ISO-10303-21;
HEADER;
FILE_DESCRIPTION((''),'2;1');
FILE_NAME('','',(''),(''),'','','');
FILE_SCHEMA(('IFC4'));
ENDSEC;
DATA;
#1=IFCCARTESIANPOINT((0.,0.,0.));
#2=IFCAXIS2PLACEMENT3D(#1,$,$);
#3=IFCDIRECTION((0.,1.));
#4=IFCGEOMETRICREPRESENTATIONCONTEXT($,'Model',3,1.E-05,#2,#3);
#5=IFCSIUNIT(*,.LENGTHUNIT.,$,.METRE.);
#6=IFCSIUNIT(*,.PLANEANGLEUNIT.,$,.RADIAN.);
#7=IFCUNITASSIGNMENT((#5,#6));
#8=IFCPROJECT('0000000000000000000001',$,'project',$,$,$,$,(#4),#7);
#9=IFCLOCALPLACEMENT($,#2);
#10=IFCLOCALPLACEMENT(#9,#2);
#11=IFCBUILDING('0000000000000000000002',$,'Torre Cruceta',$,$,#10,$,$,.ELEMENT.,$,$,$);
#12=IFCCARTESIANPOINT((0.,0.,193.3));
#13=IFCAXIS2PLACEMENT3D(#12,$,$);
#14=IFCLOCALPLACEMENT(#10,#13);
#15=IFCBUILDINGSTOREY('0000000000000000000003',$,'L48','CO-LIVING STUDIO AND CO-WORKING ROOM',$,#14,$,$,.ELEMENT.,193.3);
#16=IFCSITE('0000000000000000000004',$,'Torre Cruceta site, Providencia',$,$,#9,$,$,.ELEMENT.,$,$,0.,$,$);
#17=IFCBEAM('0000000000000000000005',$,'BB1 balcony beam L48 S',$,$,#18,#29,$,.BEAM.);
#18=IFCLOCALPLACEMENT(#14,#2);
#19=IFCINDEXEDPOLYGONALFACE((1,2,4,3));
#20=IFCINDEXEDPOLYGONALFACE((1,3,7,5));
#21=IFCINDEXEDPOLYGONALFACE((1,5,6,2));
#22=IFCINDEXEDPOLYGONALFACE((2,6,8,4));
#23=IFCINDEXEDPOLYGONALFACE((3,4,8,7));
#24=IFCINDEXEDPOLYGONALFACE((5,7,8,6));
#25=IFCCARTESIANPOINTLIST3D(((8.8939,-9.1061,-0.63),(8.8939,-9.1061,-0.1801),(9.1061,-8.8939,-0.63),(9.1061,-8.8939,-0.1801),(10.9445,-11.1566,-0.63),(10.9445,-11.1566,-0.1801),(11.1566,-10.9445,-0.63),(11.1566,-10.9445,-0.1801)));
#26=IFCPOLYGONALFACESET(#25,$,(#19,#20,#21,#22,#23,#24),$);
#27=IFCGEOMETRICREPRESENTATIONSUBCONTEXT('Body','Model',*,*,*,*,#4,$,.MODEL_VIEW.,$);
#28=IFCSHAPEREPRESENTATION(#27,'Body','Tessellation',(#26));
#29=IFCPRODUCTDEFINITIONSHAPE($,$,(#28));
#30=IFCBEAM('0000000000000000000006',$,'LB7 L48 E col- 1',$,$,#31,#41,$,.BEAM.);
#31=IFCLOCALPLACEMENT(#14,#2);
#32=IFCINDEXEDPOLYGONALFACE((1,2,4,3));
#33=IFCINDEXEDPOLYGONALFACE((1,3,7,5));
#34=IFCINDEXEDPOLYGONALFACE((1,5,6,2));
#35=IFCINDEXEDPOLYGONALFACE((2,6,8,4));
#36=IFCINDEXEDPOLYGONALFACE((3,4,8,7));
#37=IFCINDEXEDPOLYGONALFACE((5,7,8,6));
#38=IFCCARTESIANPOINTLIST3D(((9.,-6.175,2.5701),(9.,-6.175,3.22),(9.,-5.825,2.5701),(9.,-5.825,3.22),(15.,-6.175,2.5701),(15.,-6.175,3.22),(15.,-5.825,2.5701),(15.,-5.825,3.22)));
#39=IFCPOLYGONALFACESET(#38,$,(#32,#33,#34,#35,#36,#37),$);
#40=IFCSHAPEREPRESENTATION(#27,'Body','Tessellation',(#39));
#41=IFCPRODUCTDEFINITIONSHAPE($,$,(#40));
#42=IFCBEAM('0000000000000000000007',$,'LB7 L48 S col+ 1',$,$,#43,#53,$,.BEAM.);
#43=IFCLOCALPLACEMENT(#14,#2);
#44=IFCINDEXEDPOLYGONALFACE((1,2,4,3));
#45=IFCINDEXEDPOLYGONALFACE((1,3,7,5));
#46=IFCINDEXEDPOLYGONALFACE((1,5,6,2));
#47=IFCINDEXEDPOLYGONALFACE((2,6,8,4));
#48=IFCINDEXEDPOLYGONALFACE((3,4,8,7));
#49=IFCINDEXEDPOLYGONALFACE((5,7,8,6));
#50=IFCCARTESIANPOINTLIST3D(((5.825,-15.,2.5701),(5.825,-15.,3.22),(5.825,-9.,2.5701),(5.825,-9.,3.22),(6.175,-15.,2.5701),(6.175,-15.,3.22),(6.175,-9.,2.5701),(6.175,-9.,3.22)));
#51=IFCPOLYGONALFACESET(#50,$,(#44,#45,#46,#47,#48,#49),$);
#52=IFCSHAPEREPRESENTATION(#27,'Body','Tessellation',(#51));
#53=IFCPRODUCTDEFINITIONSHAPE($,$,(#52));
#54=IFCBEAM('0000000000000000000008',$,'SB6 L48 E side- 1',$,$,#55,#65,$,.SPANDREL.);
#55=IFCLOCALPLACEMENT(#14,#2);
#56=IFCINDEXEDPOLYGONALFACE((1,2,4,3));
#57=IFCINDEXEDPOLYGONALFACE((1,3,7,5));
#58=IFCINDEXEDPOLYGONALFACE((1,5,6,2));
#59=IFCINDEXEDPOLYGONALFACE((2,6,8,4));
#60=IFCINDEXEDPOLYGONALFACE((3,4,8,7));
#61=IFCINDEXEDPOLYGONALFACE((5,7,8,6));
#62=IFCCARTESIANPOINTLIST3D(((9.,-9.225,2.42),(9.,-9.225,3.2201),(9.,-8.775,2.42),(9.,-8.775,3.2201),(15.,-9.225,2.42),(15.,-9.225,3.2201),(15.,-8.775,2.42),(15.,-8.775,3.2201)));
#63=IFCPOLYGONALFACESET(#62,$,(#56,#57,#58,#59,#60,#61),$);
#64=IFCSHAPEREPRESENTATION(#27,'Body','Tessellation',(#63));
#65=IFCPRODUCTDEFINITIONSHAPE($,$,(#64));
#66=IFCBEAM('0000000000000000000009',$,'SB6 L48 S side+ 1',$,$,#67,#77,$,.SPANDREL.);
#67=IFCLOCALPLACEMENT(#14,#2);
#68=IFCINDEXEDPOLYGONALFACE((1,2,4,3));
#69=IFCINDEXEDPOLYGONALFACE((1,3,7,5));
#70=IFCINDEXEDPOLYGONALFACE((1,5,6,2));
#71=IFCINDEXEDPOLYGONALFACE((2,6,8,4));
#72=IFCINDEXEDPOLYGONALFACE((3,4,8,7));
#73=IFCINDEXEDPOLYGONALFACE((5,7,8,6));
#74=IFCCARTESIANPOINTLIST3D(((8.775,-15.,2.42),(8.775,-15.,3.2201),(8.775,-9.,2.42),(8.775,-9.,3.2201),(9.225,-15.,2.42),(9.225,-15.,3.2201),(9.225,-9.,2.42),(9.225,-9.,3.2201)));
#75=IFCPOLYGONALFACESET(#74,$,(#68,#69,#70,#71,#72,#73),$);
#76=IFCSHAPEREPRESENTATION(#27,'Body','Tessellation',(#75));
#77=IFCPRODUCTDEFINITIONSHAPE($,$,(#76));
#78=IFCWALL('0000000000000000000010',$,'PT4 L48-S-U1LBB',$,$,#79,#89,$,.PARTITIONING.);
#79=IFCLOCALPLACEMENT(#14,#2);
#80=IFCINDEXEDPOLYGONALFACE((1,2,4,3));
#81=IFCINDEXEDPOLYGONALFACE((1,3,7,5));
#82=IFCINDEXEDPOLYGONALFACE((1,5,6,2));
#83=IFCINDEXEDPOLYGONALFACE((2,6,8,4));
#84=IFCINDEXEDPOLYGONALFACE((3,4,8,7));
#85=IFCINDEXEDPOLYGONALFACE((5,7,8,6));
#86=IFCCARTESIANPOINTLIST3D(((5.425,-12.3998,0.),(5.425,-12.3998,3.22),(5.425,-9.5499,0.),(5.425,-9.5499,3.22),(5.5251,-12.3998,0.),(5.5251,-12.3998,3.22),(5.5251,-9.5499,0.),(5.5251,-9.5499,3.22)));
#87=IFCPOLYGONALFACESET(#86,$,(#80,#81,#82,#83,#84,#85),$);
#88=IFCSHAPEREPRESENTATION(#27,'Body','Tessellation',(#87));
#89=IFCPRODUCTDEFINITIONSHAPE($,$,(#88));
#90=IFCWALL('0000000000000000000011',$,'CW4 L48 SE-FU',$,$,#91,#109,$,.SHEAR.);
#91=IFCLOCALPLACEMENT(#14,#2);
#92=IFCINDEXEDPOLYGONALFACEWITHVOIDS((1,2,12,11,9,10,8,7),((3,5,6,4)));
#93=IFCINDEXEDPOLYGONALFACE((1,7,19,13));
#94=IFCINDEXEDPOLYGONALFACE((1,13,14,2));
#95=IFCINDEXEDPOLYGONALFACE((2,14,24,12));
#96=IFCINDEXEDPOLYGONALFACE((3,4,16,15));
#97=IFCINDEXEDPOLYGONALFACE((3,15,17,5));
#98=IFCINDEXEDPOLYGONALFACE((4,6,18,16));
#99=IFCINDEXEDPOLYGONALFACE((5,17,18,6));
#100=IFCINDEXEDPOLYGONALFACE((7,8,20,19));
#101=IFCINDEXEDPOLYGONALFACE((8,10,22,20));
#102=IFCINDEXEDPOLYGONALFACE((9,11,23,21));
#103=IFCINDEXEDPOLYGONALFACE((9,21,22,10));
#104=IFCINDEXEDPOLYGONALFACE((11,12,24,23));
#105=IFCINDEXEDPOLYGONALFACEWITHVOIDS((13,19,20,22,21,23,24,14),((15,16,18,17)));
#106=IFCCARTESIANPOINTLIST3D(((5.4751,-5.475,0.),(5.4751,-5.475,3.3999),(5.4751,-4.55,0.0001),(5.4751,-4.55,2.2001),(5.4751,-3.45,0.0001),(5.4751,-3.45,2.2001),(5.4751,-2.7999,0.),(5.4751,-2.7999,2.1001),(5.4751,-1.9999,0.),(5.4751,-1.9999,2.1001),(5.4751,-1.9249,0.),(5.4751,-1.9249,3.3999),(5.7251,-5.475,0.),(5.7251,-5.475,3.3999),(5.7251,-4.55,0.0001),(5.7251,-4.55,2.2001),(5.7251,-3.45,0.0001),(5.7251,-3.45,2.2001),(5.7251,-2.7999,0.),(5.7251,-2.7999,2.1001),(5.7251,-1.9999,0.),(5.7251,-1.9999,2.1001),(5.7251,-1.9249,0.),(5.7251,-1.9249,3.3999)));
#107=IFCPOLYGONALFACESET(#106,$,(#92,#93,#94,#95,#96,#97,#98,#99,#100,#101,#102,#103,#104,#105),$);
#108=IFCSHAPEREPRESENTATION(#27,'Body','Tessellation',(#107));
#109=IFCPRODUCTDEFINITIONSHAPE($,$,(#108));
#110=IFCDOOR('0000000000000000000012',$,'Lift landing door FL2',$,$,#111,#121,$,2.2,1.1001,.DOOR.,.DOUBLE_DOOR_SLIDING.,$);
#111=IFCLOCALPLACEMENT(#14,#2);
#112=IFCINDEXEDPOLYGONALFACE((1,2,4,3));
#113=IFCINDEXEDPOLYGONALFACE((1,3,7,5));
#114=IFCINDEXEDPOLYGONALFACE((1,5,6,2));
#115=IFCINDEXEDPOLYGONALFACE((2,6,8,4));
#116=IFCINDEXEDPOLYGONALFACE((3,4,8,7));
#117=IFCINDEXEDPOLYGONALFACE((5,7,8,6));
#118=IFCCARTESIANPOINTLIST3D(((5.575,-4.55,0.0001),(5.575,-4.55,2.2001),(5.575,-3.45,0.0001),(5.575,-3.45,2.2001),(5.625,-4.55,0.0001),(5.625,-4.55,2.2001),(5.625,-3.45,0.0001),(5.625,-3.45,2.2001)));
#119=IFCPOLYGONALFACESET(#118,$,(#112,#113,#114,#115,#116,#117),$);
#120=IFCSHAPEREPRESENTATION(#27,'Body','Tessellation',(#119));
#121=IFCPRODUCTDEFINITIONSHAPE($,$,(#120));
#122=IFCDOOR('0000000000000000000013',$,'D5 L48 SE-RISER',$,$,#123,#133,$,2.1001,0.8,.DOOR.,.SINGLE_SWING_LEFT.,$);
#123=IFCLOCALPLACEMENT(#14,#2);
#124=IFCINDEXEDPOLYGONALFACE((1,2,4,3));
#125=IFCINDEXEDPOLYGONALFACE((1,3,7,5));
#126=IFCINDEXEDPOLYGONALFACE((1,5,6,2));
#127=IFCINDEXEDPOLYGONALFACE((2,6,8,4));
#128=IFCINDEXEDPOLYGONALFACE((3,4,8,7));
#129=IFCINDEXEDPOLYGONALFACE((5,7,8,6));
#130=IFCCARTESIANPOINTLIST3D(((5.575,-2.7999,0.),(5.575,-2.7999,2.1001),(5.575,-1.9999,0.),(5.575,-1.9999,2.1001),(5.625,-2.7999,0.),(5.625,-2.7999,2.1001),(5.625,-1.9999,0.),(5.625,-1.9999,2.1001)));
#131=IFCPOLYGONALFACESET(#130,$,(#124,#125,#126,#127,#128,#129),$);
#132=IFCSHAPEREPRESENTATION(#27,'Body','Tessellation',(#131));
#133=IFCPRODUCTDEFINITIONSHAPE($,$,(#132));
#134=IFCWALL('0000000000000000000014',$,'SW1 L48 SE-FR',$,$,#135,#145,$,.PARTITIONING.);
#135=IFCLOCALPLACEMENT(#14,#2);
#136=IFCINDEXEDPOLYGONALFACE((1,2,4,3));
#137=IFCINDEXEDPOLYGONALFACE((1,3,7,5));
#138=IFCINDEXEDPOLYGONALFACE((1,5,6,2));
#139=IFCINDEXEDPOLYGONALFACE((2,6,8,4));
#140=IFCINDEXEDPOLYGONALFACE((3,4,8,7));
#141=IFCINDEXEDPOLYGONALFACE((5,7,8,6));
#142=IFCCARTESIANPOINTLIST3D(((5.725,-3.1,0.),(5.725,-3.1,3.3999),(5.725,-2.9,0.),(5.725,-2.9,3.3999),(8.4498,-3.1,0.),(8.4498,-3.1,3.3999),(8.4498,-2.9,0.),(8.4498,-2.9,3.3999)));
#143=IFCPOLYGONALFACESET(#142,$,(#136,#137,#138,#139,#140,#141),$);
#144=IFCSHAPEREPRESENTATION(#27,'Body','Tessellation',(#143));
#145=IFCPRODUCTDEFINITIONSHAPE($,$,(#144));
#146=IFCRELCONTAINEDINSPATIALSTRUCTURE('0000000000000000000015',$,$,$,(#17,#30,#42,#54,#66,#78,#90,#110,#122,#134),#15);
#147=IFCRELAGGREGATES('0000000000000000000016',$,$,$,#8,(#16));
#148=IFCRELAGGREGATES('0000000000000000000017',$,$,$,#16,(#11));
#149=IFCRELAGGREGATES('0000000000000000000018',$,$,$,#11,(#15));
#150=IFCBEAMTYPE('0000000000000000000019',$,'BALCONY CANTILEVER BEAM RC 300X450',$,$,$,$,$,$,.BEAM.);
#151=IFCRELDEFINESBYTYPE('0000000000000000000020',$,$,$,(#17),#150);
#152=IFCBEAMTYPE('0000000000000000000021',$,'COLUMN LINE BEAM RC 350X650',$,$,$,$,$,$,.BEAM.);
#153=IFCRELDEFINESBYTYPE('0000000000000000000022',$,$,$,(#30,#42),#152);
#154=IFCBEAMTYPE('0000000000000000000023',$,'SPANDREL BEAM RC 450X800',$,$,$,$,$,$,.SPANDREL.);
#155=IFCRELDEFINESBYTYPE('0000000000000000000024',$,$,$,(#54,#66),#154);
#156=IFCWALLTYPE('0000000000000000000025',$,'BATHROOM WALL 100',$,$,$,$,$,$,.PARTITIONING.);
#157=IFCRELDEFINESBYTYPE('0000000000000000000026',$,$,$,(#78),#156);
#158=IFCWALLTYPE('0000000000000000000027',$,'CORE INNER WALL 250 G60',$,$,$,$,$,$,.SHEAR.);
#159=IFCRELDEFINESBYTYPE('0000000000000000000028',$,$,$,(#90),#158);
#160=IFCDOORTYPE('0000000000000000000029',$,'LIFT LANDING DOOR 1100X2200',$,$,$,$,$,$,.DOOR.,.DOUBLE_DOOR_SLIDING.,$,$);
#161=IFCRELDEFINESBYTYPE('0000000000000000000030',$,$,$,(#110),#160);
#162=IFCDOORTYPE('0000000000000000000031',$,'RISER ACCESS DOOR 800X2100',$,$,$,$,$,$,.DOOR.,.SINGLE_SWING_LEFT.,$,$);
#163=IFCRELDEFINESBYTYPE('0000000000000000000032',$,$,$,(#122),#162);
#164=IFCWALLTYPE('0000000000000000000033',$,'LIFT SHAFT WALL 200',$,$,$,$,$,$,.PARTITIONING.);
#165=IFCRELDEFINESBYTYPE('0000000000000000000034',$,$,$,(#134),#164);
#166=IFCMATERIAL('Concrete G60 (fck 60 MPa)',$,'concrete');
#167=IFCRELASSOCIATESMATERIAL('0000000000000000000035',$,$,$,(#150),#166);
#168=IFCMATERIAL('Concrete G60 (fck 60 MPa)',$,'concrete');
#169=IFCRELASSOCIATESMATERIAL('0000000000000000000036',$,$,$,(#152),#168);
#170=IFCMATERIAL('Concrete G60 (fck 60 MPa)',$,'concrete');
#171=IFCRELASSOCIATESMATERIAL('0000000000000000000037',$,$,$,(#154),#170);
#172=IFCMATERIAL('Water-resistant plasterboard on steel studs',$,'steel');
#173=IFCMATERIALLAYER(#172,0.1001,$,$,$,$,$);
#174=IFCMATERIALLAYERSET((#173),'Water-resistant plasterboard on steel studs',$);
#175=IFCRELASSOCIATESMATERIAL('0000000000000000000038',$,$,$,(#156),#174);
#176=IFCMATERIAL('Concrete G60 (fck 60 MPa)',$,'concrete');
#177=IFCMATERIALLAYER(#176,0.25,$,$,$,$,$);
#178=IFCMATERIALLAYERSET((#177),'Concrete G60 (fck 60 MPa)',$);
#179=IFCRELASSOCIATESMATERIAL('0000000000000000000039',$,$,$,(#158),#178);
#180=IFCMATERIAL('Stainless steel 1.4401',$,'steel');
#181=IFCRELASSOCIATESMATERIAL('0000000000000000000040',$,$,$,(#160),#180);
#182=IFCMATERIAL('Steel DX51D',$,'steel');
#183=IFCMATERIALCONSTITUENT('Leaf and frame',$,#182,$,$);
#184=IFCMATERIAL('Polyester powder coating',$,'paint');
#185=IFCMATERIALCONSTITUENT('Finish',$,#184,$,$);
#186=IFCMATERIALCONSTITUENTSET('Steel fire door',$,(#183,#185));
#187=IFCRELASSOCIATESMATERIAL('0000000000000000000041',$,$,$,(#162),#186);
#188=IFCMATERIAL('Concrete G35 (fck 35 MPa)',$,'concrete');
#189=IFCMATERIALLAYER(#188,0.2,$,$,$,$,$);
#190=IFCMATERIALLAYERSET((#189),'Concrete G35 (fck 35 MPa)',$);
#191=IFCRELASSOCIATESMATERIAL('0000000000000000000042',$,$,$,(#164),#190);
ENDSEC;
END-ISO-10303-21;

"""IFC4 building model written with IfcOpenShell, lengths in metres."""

from ifc_helpers import new_model, si_unit, direction, frame, frame_2d, origin, origin_2d, place, context, subcontext, project, spatial, rectangle, extrude, material, layer, layer_set, constituent, constituent_set, material_profile, profile_set, type_object, element, fill, save


model = new_model("IFC4")

# Units and contexts
model_context = context("Model", 3, precision=1e-05, world=origin(), true_north=direction((0.0, 1.0)))
body_context = subcontext(model_context, "Body", "Model", "MODEL_VIEW")
ifc_project = project(units=[si_unit("LENGTHUNIT", "METRE"), si_unit("PLANEANGLEUNIT", "RADIAN")], contexts=[model_context])

# Site, building, storey
site_placement = place(None, origin())
site = spatial("IfcSite", under=ifc_project, at=site_placement, Name="Torre Cruceta site, Providencia", CompositionType="ELEMENT", RefElevation=0.0)
building_placement = place(site_placement, origin())
building = spatial("IfcBuilding", under=site, at=building_placement, Name="Torre Cruceta", CompositionType="ELEMENT")
storey_placement = place(building_placement, frame((0.0, 0.0, 193.3)))
storey = spatial("IfcBuildingStorey", under=building, at=storey_placement, Name="L48", Description="CO-LIVING STUDIO AND CO-WORKING ROOM", CompositionType="ELEMENT", Elevation=193.3)

# Beams
ifc_material_1 = material(Name="Concrete G60 (fck 60 MPa)", Category="concrete")
ifc_material_profile_1 = material_profile(ifc_material_1, rectangle(XDim=0.3, YDim=0.45, at=origin_2d()), Name="RC 300X450")
ifc_profile_set_1 = profile_set([ifc_material_profile_1], Name="Concrete G60 (fck 60 MPa)")
beam_type_1 = type_object("IfcBeamType", Name="BALCONY CANTILEVER BEAM RC 300X450", PredefinedType="BEAM", material=ifc_profile_set_1)
beam_placement = place(storey_placement, frame((9.0, -9.0, -0.405), z_axis=(0.707107, -0.707107, 0.0), x_axis=(0.707107, 0.707107, 0.0)))
element("IfcBeam", 1, at=beam_placement, inside=storey, type_object=beam_type_1, Name="BB1 balcony beam L48 S", PredefinedType="BEAM", context=body_context, shape_type="SweptSolid", body=[
    extrude(rectangle(XDim=0.3, YDim=0.45, at=origin_2d()), origin(), (0.0, 0.0, 1.0), 2.8999),
])
ifc_material_2 = material(Name="Concrete G60 (fck 60 MPa)", Category="concrete")
ifc_material_profile_2 = material_profile(ifc_material_2, rectangle(XDim=0.3501, YDim=0.6499, at=origin_2d()), Name="RC 350X650")
ifc_profile_set_2 = profile_set([ifc_material_profile_2], Name="Concrete G60 (fck 60 MPa)")
beam_type_2 = type_object("IfcBeamType", Name="COLUMN LINE BEAM RC 350X650", PredefinedType="BEAM", material=ifc_profile_set_2)
for number, where, z_axis, x_axis, name in (
    (2, (9.0, -6.0, 2.895), (1.0, 0.0, 0.0), (0.0, 1.0, 0.0), "LB7 L48 E col- 1"),
    (3, (6.0, -9.0, 2.895), (0.0, -1.0, 0.0), (1.0, 0.0, 0.0), "LB7 L48 S col+ 1"),
):
    element("IfcBeam", number, at=place(storey_placement, frame(where, z_axis=z_axis, x_axis=x_axis)), inside=storey, type_object=beam_type_2, Name=name, PredefinedType="BEAM", context=body_context, shape_type="SweptSolid", body=[
        extrude(rectangle(XDim=0.3501, YDim=0.6499, at=origin_2d()), origin(), (0.0, 0.0, 1.0), 6.0),
    ])
ifc_material_3 = material(Name="Concrete G60 (fck 60 MPa)", Category="concrete")
ifc_material_profile_3 = material_profile(ifc_material_3, rectangle(XDim=0.45, YDim=0.8, at=origin_2d()), Name="RC 450X800")
ifc_profile_set_3 = profile_set([ifc_material_profile_3], Name="Concrete G60 (fck 60 MPa)")
beam_type_3 = type_object("IfcBeamType", Name="SPANDREL BEAM RC 450X800", PredefinedType="SPANDREL", material=ifc_profile_set_3)
for number, where, z_axis, x_axis, name in (
    (4, (9.0, -9.0, 2.8201), (1.0, 0.0, 0.0), (0.0, 1.0, 0.0), "SB6 L48 E side- 1"),
    (5, (9.0, -9.0, 2.8201), (0.0, -1.0, 0.0), (1.0, 0.0, 0.0), "SB6 L48 S side+ 1"),
):
    element("IfcBeam", number, at=place(storey_placement, frame(where, z_axis=z_axis, x_axis=x_axis)), inside=storey, type_object=beam_type_3, Name=name, PredefinedType="SPANDREL", context=body_context, shape_type="SweptSolid", body=[
        extrude(rectangle(XDim=0.45, YDim=0.8, at=origin_2d()), origin(), (0.0, 0.0, 1.0), 6.0),
    ])

# Wall
ifc_material_4 = material(Name="Water-resistant plasterboard on steel studs", Category="steel")
ifc_layer_1 = layer(ifc_material_4, 0.1001)
ifc_layer_set_1 = layer_set([ifc_layer_1], Name="Water-resistant plasterboard on steel studs")
wall_type_1 = type_object("IfcWallType", Name="BATHROOM WALL 100", PredefinedType="PARTITIONING", material=ifc_layer_set_1)
wall_1_placement = place(storey_placement, frame((5.4751, -9.55, 0.0), z_axis=(0.0, 0.0, 1.0), x_axis=(0.0, -1.0, 0.0)))
element("IfcWall", 6, at=wall_1_placement, inside=storey, type_object=wall_type_1, Name="PT4 L48-S-U1LBB", PredefinedType="PARTITIONING", context=body_context, shape_type="SweptSolid", body=[
    extrude(rectangle(XDim=2.8499, YDim=0.1001, at=frame_2d((1.4248, 0.0))), origin(), (0.0, 0.0, 1.0), 3.22),
])

# Wall, openings, doors
ifc_material_5 = material(Name="Concrete G60 (fck 60 MPa)", Category="concrete")
ifc_layer_2 = layer(ifc_material_5, 0.25)
ifc_layer_set_2 = layer_set([ifc_layer_2], Name="Concrete G60 (fck 60 MPa)")
wall_type_2 = type_object("IfcWallType", Name="CORE INNER WALL 250 G60", PredefinedType="SHEAR", material=ifc_layer_set_2)
wall_2_placement = place(storey_placement, frame((5.6001, -1.925, 0.0), z_axis=(0.0, 0.0, 1.0), x_axis=(0.0, -1.0, 0.0)))
wall_2 = element("IfcWall", 7, at=wall_2_placement, inside=storey, type_object=wall_type_2, Name="CW4 L48 SE-FU", PredefinedType="SHEAR", context=body_context, shape_type="SweptSolid", body=[
    extrude(rectangle(XDim=3.55, YDim=0.25, at=frame_2d((1.7749, 0.0))), origin(), (0.0, 0.0, 1.0), 3.3999),
])
opening_1_placement = place(wall_2_placement, frame((1.5249, 0.0, 0.0)))
opening_1 = element("IfcOpeningElement", 8, at=opening_1_placement, cuts=wall_2, PredefinedType="OPENING", context=body_context, shape_type="SweptSolid", body=[
    extrude(rectangle(XDim=1.1001, YDim=2.2, at=frame_2d((0.55, 1.1001))), frame((0.0, 0.135, 0.0), z_axis=(0.0, -1.0, 0.0), x_axis=(1.0, 0.0, 0.0)), (0.0, 0.0, 1.0), 0.27),
])
opening_2_placement = place(wall_2_placement, frame((0.075, 0.0, 0.0)))
opening_2 = element("IfcOpeningElement", 9, at=opening_2_placement, cuts=wall_2, PredefinedType="OPENING", context=body_context, shape_type="SweptSolid", body=[
    extrude(rectangle(XDim=0.8, YDim=2.1001, at=frame_2d((0.3999, 1.05))), frame((0.0, 0.135, 0.0), z_axis=(0.0, -1.0, 0.0), x_axis=(1.0, 0.0, 0.0)), (0.0, 0.0, 1.0), 0.27),
])
ifc_material_6 = material(Name="Stainless steel 1.4401", Category="steel")
door_type_1 = type_object("IfcDoorType", Name="LIFT LANDING DOOR 1100X2200", OperationType="DOUBLE_DOOR_SLIDING", PredefinedType="DOOR", material=ifc_material_6)
door_1_placement = place(opening_1_placement, origin())
door_1 = element("IfcDoor", 10, at=door_1_placement, inside=storey, type_object=door_type_1, Name="Lift landing door FL2", OperationType="DOUBLE_DOOR_SLIDING", OverallHeight=2.2, OverallWidth=1.1001, PredefinedType="DOOR", context=body_context, shape_type="SweptSolid", body=[
    extrude(rectangle(XDim=1.1001, YDim=2.2, at=frame_2d((0.55, 1.1001))), frame((0.0, 0.0249, 0.0), z_axis=(0.0, -1.0, 0.0), x_axis=(1.0, 0.0, 0.0)), (0.0, 0.0, 1.0), 0.05),
])
fill(opening_1, door_1)
ifc_material_7 = material(Name="Steel DX51D", Category="steel")
ifc_constituent_1 = constituent(ifc_material_7, Name="Leaf and frame")
ifc_material_8 = material(Name="Polyester powder coating", Category="paint")
ifc_constituent_2 = constituent(ifc_material_8, Name="Finish")
ifc_constituent_set_1 = constituent_set(constituents=[ifc_constituent_1, ifc_constituent_2], Name="Steel fire door")
door_type_2 = type_object("IfcDoorType", Name="RISER ACCESS DOOR 800X2100", OperationType="SINGLE_SWING_LEFT", PredefinedType="DOOR", material=ifc_constituent_set_1)
door_2_placement = place(opening_2_placement, origin())
door_2 = element("IfcDoor", 11, at=door_2_placement, inside=storey, type_object=door_type_2, Name="D5 L48 SE-RISER", OperationType="SINGLE_SWING_LEFT", OverallHeight=2.1001, OverallWidth=0.8, PredefinedType="DOOR", context=body_context, shape_type="SweptSolid", body=[
    extrude(rectangle(XDim=0.8, YDim=2.1001, at=frame_2d((0.3999, 1.05))), frame((0.0, 0.0249, 0.0), z_axis=(0.0, -1.0, 0.0), x_axis=(1.0, 0.0, 0.0)), (0.0, 0.0, 1.0), 0.05),
])
fill(opening_2, door_2)

# Wall
ifc_material_9 = material(Name="Concrete G35 (fck 35 MPa)", Category="concrete")
ifc_layer_3 = layer(ifc_material_9, 0.2)
ifc_layer_set_3 = layer_set([ifc_layer_3], Name="Concrete G35 (fck 35 MPa)")
wall_type_3 = type_object("IfcWallType", Name="LIFT SHAFT WALL 200", PredefinedType="PARTITIONING", material=ifc_layer_set_3)
wall_3_placement = place(storey_placement, frame((5.7251, -3.0, 0.0), z_axis=(0.0, 0.0, 1.0), x_axis=(1.0, 0.0, 0.0)))
element("IfcWall", 12, at=wall_3_placement, inside=storey, type_object=wall_type_3, Name="SW1 L48 SE-FR", PredefinedType="PARTITIONING", context=body_context, shape_type="SweptSolid", body=[
    extrude(rectangle(XDim=2.7249, YDim=0.2, at=frame_2d((1.3623, 0.0))), origin(), (0.0, 0.0, 1.0), 3.3999),
])

save(model, "model.ifc")
